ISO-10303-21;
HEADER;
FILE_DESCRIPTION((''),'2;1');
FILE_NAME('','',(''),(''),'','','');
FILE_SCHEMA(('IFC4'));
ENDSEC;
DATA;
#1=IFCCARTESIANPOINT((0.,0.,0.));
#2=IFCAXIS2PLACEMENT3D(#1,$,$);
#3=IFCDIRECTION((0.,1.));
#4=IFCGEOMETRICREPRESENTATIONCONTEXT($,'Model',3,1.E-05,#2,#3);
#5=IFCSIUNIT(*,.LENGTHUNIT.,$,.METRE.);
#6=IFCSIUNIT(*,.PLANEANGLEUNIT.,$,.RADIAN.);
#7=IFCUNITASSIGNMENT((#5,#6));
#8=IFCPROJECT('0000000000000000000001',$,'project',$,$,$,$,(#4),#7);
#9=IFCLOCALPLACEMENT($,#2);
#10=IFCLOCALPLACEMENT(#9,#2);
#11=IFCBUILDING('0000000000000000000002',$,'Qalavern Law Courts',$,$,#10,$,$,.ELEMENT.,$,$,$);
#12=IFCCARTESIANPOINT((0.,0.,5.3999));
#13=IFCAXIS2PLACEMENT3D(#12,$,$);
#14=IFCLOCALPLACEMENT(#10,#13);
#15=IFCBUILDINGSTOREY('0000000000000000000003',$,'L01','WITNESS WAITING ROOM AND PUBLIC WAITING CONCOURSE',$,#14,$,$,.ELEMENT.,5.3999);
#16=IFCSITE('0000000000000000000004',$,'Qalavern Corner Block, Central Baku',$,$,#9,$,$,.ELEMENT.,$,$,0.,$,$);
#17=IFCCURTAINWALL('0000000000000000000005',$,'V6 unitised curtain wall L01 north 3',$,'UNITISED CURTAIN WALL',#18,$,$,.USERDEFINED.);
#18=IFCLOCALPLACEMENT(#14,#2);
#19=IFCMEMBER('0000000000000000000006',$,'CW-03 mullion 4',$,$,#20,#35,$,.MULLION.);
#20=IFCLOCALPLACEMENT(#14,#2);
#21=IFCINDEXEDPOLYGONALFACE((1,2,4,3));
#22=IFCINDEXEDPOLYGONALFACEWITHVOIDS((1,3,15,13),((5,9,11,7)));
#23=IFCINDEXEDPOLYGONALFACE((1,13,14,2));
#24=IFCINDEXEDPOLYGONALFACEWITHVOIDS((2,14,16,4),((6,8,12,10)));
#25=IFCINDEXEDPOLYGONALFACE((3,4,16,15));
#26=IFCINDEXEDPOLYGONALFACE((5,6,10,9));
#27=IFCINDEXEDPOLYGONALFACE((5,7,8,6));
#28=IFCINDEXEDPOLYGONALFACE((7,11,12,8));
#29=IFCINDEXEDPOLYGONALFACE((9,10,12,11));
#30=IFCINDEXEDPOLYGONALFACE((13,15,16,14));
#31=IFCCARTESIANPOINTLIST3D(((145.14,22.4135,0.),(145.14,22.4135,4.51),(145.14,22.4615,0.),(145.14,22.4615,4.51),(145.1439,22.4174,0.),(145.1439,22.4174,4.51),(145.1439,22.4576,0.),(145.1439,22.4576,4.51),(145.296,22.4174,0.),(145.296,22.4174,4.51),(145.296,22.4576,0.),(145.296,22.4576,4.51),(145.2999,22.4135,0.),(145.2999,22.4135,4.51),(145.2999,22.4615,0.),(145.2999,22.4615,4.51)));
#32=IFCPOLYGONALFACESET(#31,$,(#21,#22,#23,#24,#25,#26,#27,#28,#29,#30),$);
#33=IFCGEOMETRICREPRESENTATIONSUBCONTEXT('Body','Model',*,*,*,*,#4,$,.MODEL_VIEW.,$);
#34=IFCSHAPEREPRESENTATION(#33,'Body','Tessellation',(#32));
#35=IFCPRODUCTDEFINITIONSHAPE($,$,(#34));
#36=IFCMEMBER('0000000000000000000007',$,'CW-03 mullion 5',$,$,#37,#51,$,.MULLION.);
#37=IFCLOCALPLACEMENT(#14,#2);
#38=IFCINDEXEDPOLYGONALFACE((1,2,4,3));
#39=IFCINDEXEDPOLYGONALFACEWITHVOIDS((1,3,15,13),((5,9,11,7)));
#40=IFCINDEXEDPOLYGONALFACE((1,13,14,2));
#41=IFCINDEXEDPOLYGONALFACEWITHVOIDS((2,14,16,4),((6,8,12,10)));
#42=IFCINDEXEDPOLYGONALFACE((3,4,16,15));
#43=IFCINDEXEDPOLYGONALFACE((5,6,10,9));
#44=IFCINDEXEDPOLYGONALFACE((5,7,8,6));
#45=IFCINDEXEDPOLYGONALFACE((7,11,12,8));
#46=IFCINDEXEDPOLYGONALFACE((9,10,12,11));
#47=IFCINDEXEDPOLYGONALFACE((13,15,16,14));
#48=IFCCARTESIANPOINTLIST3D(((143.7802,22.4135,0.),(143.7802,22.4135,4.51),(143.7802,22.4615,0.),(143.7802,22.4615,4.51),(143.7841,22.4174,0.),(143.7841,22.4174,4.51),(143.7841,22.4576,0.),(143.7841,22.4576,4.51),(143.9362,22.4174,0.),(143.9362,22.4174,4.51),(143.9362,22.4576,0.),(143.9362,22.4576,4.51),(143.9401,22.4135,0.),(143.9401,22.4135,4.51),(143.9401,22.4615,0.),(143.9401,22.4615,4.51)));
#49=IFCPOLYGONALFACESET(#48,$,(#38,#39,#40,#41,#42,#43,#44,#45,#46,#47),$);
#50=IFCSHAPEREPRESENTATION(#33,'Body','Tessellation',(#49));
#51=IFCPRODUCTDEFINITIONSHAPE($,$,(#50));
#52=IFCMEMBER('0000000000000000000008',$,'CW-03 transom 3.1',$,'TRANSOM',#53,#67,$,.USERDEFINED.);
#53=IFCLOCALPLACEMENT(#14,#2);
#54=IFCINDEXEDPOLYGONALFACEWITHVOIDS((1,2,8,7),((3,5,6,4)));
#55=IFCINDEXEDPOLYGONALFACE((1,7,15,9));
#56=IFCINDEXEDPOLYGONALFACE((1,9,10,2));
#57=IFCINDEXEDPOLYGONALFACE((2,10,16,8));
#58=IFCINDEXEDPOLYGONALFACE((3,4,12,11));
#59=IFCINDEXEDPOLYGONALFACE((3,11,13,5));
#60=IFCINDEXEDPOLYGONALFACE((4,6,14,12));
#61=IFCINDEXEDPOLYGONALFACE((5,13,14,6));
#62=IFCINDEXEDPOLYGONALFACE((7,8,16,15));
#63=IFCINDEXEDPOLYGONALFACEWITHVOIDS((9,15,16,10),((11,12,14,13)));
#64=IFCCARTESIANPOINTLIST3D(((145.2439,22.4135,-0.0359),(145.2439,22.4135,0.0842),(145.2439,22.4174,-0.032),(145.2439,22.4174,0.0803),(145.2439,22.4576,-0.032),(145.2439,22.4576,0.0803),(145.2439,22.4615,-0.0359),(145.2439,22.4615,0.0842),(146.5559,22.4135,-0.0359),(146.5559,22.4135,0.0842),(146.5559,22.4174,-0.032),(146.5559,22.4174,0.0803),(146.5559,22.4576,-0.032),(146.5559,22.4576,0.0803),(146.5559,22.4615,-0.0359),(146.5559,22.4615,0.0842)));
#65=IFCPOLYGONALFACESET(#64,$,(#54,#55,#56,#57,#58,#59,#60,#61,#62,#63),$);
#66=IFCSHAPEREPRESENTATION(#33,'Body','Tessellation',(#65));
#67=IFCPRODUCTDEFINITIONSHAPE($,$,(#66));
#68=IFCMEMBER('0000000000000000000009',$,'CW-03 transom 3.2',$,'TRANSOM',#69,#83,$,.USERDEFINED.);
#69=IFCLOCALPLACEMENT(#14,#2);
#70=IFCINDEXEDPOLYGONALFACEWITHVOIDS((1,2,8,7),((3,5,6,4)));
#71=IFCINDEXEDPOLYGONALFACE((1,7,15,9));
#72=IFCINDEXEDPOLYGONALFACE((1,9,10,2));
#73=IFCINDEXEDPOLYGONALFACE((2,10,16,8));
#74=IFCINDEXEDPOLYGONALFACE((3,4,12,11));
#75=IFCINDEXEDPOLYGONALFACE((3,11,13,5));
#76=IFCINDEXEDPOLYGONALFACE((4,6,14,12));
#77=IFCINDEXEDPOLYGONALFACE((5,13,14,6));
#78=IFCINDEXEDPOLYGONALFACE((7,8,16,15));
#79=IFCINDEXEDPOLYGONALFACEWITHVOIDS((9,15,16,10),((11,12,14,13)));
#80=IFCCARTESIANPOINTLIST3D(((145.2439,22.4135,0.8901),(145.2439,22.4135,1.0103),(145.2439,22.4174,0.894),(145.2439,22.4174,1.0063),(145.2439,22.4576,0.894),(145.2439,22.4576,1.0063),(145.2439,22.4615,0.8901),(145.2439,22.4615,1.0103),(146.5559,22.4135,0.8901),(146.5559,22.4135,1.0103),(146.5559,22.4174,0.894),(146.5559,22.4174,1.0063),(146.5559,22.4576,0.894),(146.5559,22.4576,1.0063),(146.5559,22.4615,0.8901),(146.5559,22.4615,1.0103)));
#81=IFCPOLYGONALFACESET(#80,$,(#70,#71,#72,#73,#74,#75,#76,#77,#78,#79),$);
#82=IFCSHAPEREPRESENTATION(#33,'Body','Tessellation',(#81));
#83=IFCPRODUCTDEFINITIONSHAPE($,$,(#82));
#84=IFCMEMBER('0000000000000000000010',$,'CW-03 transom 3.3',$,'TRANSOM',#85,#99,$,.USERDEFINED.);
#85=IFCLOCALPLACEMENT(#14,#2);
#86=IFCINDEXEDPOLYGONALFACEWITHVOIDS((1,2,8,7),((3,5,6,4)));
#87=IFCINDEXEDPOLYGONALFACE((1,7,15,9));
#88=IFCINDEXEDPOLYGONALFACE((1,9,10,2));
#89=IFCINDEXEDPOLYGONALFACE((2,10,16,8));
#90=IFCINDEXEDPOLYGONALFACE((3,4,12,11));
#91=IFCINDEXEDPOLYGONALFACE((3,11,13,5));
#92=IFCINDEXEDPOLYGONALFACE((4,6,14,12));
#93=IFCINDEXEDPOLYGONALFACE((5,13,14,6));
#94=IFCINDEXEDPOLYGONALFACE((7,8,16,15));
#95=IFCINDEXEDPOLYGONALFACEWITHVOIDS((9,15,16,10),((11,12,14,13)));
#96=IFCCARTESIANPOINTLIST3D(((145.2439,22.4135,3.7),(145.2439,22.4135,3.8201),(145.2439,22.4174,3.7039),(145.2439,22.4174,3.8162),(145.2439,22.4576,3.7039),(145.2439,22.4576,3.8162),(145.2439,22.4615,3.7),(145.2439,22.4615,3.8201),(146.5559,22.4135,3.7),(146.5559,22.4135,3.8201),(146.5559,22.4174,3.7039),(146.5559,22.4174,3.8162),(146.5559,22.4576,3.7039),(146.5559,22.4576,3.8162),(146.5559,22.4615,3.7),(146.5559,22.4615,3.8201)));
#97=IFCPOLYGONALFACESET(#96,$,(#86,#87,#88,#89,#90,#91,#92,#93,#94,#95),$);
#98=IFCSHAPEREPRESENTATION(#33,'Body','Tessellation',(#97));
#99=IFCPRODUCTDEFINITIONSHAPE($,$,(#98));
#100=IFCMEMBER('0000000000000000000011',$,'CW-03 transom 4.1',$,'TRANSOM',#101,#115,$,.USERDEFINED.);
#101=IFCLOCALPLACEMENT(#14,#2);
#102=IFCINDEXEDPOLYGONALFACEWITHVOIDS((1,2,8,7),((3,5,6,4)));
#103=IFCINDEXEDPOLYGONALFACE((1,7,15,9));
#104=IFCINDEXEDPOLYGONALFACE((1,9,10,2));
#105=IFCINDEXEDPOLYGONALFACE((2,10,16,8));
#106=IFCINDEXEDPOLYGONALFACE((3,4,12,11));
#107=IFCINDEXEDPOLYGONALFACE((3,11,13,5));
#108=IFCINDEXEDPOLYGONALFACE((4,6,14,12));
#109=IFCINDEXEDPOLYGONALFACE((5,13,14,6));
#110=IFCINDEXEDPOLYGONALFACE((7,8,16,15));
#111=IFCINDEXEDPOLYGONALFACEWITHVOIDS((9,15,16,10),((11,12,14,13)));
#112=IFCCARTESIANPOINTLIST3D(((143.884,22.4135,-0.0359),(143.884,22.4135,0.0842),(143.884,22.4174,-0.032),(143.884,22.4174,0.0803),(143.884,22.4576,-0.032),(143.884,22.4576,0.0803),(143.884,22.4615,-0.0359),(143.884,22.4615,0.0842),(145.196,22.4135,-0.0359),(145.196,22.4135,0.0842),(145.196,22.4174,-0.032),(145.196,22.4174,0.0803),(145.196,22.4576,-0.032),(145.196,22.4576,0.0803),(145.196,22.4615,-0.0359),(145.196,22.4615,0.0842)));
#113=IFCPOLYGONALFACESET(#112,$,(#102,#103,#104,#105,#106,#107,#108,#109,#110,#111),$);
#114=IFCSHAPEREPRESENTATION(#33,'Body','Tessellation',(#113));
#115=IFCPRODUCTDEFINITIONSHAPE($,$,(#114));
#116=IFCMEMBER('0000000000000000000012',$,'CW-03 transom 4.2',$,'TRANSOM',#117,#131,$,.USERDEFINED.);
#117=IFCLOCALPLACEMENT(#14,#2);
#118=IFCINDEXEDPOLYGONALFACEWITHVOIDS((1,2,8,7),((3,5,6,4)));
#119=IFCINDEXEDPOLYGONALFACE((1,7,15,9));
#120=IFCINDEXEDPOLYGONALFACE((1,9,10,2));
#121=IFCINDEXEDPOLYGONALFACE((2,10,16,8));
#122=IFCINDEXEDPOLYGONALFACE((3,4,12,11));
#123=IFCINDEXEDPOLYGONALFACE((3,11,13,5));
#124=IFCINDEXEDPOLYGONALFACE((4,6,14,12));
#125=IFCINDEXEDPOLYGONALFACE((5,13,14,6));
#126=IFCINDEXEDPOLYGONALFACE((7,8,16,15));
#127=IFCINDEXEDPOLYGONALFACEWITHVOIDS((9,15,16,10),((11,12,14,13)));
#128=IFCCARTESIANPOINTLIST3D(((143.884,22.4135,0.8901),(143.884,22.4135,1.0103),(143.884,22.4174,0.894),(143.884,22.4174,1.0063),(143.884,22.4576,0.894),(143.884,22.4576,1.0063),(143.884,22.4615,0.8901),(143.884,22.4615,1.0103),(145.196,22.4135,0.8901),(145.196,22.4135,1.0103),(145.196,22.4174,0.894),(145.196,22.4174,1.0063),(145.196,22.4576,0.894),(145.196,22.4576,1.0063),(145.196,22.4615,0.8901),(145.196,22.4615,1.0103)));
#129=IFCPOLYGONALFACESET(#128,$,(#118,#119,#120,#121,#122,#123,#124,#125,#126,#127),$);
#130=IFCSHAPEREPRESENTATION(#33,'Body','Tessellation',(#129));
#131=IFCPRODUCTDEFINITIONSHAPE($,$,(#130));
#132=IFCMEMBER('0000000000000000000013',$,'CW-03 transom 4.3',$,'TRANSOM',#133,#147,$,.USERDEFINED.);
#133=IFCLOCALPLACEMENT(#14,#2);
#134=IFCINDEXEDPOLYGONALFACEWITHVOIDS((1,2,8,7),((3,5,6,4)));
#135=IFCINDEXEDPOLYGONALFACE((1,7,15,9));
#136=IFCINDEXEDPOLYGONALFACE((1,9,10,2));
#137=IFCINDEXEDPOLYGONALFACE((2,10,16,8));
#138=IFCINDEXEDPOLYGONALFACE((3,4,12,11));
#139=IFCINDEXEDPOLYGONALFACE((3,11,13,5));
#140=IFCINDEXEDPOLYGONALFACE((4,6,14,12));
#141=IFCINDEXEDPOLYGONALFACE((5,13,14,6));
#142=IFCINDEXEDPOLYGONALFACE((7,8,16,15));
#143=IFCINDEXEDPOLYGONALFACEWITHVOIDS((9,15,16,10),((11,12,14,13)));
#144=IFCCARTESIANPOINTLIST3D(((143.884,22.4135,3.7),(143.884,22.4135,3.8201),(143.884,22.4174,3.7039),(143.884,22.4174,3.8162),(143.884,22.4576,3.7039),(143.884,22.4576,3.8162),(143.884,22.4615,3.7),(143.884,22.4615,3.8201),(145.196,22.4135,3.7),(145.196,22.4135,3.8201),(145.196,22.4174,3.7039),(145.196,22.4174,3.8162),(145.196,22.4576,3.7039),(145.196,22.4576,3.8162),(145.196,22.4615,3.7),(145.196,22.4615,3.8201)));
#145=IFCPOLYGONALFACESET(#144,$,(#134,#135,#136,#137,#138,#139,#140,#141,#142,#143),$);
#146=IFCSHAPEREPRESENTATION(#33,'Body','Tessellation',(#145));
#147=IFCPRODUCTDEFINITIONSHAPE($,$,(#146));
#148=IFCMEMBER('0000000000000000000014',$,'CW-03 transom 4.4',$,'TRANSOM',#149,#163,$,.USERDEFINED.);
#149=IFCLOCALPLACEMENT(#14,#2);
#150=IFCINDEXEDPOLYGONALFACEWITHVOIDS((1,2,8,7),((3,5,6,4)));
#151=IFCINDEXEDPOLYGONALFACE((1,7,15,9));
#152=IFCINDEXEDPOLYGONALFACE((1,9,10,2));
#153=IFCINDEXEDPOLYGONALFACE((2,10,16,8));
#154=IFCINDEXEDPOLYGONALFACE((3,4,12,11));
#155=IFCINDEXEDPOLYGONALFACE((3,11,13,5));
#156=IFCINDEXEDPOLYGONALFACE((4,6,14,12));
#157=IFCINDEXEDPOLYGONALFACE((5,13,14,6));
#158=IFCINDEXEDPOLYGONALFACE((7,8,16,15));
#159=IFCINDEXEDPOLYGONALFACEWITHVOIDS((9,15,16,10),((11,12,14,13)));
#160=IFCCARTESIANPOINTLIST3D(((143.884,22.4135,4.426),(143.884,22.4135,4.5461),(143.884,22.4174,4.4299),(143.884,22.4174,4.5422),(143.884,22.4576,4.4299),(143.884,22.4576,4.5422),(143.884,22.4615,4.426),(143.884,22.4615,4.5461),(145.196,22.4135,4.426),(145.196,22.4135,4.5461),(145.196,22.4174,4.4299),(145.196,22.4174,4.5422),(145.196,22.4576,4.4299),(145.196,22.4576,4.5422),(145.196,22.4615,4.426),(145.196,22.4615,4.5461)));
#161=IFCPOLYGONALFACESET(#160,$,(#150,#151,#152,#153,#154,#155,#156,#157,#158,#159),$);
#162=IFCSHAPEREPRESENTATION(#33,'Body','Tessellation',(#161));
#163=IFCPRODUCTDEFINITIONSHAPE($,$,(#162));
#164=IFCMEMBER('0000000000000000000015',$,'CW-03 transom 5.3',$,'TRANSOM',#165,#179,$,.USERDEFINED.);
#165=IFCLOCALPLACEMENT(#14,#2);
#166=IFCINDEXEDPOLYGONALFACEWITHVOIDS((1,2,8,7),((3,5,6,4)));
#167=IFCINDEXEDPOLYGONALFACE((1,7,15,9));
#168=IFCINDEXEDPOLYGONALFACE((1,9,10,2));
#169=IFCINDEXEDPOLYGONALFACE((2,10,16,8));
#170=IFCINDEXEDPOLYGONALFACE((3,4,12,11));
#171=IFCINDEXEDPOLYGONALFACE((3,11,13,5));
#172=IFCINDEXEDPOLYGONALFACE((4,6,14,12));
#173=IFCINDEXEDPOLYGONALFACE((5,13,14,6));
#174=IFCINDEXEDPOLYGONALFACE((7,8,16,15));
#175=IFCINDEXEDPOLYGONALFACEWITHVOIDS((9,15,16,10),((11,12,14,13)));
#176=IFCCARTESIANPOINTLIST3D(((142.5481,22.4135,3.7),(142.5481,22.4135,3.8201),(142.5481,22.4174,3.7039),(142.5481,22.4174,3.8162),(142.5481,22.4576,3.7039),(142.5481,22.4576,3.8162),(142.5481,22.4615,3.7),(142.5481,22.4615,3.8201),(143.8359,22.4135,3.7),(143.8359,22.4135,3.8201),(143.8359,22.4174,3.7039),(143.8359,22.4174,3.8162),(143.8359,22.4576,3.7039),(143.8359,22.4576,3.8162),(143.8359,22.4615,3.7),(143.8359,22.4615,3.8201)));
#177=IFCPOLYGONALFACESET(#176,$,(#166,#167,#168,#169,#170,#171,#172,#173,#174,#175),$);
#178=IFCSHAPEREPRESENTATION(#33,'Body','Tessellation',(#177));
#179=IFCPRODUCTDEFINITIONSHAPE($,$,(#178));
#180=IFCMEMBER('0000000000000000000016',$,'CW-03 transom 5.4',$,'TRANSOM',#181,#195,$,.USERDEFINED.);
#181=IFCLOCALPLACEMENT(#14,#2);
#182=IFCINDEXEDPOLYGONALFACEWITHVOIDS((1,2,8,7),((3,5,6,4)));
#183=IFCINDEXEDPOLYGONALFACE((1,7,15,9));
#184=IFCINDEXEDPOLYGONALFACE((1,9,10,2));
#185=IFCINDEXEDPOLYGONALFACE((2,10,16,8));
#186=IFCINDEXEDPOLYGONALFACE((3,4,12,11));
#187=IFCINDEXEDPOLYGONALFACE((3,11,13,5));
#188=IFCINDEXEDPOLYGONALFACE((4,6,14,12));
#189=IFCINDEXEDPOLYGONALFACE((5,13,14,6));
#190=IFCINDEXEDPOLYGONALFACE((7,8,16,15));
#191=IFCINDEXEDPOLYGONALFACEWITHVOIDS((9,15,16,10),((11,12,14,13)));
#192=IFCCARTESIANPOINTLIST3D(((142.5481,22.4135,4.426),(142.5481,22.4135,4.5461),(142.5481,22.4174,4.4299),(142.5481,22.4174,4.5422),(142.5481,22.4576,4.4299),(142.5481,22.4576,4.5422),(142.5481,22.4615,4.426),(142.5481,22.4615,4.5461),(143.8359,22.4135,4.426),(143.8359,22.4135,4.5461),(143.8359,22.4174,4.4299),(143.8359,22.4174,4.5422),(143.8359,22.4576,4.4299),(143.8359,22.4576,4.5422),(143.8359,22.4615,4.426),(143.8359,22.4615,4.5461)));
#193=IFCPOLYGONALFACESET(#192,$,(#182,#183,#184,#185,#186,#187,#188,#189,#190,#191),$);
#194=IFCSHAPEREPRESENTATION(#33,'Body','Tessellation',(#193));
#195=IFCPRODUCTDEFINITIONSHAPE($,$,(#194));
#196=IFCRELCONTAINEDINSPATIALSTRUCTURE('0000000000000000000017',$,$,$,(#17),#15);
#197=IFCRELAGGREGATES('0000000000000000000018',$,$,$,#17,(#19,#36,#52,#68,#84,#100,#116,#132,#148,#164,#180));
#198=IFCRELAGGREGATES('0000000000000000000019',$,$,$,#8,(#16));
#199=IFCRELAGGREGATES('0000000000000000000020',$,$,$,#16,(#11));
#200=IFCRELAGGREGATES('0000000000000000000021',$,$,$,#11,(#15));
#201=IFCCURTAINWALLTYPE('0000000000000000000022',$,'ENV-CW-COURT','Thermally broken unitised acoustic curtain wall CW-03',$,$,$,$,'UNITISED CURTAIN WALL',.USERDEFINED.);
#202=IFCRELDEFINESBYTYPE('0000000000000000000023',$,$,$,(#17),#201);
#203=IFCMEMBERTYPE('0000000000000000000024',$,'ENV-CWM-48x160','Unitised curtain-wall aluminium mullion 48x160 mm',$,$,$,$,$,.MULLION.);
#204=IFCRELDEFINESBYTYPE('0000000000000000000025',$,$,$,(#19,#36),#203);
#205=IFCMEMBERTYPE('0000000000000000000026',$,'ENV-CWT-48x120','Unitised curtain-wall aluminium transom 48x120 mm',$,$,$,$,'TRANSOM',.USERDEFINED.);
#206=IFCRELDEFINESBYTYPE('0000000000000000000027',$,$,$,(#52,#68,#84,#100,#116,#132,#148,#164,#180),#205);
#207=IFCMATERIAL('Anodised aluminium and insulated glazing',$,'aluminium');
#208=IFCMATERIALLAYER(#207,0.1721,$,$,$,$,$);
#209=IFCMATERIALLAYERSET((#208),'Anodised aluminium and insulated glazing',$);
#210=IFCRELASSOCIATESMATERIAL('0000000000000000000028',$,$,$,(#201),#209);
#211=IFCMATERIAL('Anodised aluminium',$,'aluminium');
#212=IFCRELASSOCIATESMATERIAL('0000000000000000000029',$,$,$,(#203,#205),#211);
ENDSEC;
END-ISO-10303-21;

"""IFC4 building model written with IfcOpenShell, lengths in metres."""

from ifc_helpers import new_model, si_unit, direction, frame, origin, origin_2d, place, context, subcontext, project, spatial, hollow_rectangle, extrude, material, layer, layer_set, material_profile, profile_set, type_object, element, aggregate, save


model = new_model("IFC4")

# Units and contexts
model_context = context("Model", 3, precision=1e-05, world=origin(), true_north=direction((0.0, 1.0)))
body_context = subcontext(model_context, "Body", "Model", "MODEL_VIEW")
ifc_project = project(units=[si_unit("LENGTHUNIT", "METRE"), si_unit("PLANEANGLEUNIT", "RADIAN")], contexts=[model_context])

# Site, building, storey
site_placement = place(None, origin())
site = spatial("IfcSite", under=ifc_project, at=site_placement, Name="Qalavern Corner Block, Central Baku", CompositionType="ELEMENT", RefElevation=0.0)
building_placement = place(site_placement, origin())
building = spatial("IfcBuilding", under=site, at=building_placement, Name="Qalavern Law Courts", CompositionType="ELEMENT")
storey_placement = place(building_placement, frame((0.0, 0.0, 5.3999)))
storey = spatial("IfcBuildingStorey", under=building, at=storey_placement, Name="L01", Description="WITNESS WAITING ROOM AND PUBLIC WAITING CONCOURSE", CompositionType="ELEMENT", Elevation=5.3999)

# Curtain wall, members
ifc_material_1 = material(Name="Anodised aluminium and insulated glazing", Category="aluminium")
ifc_layer_1 = layer(ifc_material_1, 0.1721)
ifc_layer_set_1 = layer_set([ifc_layer_1], Name="Anodised aluminium and insulated glazing")
curtain_wall_type = type_object("IfcCurtainWallType", Name="ENV-CW-COURT", Description="Thermally broken unitised acoustic curtain wall CW-03", ElementType="UNITISED CURTAIN WALL", PredefinedType="USERDEFINED", material=ifc_layer_set_1)
curtain_wall_placement = place(storey_placement, origin())
curtain_wall = element("IfcCurtainWall", 1, at=curtain_wall_placement, inside=storey, type_object=curtain_wall_type, Name="V6 unitised curtain wall L01 north 3", ObjectType="UNITISED CURTAIN WALL", PredefinedType="USERDEFINED")
ifc_material_2 = material(Name="Anodised aluminium", Category="aluminium")
ifc_material_profile_1 = material_profile(ifc_material_2, hollow_rectangle(XDim=0.0481, YDim=0.1599, WallThickness=0.0039, at=origin_2d()), Name="ALU MULLION 48x160")
ifc_profile_set_1 = profile_set([ifc_material_profile_1], Name="Anodised aluminium")
member_type_1 = type_object("IfcMemberType", Name="ENV-CWM-48x160", Description="Unitised curtain-wall aluminium mullion 48x160 mm", PredefinedType="MULLION", material=ifc_profile_set_1)
member_1_placement = place(storey_placement, frame((145.22, 22.4375, 0.0), z_axis=(0.0, 0.0, 1.0), x_axis=(0.0, -1.0, 0.0)))
member_1 = element("IfcMember", 2, at=member_1_placement, type_object=member_type_1, Name="CW-03 mullion 4", PredefinedType="MULLION", context=body_context, shape_type="SweptSolid", body=[
    extrude(hollow_rectangle(XDim=0.0481, YDim=0.1599, WallThickness=0.0039, at=origin_2d()), origin(), (0.0, 0.0, 1.0), 4.51),
])
member_2_placement = place(storey_placement, frame((143.8601, 22.4375, 0.0), z_axis=(0.0, 0.0, 1.0), x_axis=(0.0, -1.0, 0.0)))
member_2 = element("IfcMember", 3, at=member_2_placement, type_object=member_type_1, Name="CW-03 mullion 5", PredefinedType="MULLION", context=body_context, shape_type="SweptSolid", body=[
    extrude(hollow_rectangle(XDim=0.0481, YDim=0.1599, WallThickness=0.0039, at=origin_2d()), origin(), (0.0, 0.0, 1.0), 4.51),
])
ifc_material_profile_2 = material_profile(ifc_material_2, hollow_rectangle(XDim=0.0481, YDim=0.1201, WallThickness=0.0039, at=origin_2d()), Name="ALU TRANSOM 48x120")
ifc_profile_set_2 = profile_set([ifc_material_profile_2], Name="Anodised aluminium")
member_type_2 = type_object("IfcMemberType", Name="ENV-CWT-48x120", Description="Unitised curtain-wall aluminium transom 48x120 mm", ElementType="TRANSOM", PredefinedType="USERDEFINED", material=ifc_profile_set_2)
member_3_placement = place(storey_placement, frame((146.5559, 22.4375, 0.0242), z_axis=(-1.0, 0.0, 0.0), x_axis=(0.0, -1.0, 0.0)))
member_3 = element("IfcMember", 4, at=member_3_placement, type_object=member_type_2, Name="CW-03 transom 3.1", ObjectType="TRANSOM", PredefinedType="USERDEFINED", context=body_context, shape_type="SweptSolid", body=[
    extrude(hollow_rectangle(XDim=0.0481, YDim=0.1201, WallThickness=0.0039, at=origin_2d()), origin(), (0.0, 0.0, 1.0), 1.312),
])
member_4_placement = place(storey_placement, frame((146.5559, 22.4375, 0.9502), z_axis=(-1.0, 0.0, 0.0), x_axis=(0.0, -1.0, 0.0)))
member_4 = element("IfcMember", 5, at=member_4_placement, type_object=member_type_2, Name="CW-03 transom 3.2", ObjectType="TRANSOM", PredefinedType="USERDEFINED", context=body_context, shape_type="SweptSolid", body=[
    extrude(hollow_rectangle(XDim=0.0481, YDim=0.1201, WallThickness=0.0039, at=origin_2d()), origin(), (0.0, 0.0, 1.0), 1.312),
])
member_5_placement = place(storey_placement, frame((146.5559, 22.4375, 3.76), z_axis=(-1.0, 0.0, 0.0), x_axis=(0.0, -1.0, 0.0)))
member_5 = element("IfcMember", 6, at=member_5_placement, type_object=member_type_2, Name="CW-03 transom 3.3", ObjectType="TRANSOM", PredefinedType="USERDEFINED", context=body_context, shape_type="SweptSolid", body=[
    extrude(hollow_rectangle(XDim=0.0481, YDim=0.1201, WallThickness=0.0039, at=origin_2d()), origin(), (0.0, 0.0, 1.0), 1.312),
])
member_6_placement = place(storey_placement, frame((145.196, 22.4375, 0.0242), z_axis=(-1.0, 0.0, 0.0), x_axis=(0.0, -1.0, 0.0)))
member_6 = element("IfcMember", 7, at=member_6_placement, type_object=member_type_2, Name="CW-03 transom 4.1", ObjectType="TRANSOM", PredefinedType="USERDEFINED", context=body_context, shape_type="SweptSolid", body=[
    extrude(hollow_rectangle(XDim=0.0481, YDim=0.1201, WallThickness=0.0039, at=origin_2d()), origin(), (0.0, 0.0, 1.0), 1.312),
])
member_7_placement = place(storey_placement, frame((145.196, 22.4375, 0.9502), z_axis=(-1.0, 0.0, 0.0), x_axis=(0.0, -1.0, 0.0)))
member_7 = element("IfcMember", 8, at=member_7_placement, type_object=member_type_2, Name="CW-03 transom 4.2", ObjectType="TRANSOM", PredefinedType="USERDEFINED", context=body_context, shape_type="SweptSolid", body=[
    extrude(hollow_rectangle(XDim=0.0481, YDim=0.1201, WallThickness=0.0039, at=origin_2d()), origin(), (0.0, 0.0, 1.0), 1.312),
])
member_8_placement = place(storey_placement, frame((145.196, 22.4375, 3.76), z_axis=(-1.0, 0.0, 0.0), x_axis=(0.0, -1.0, 0.0)))
member_8 = element("IfcMember", 9, at=member_8_placement, type_object=member_type_2, Name="CW-03 transom 4.3", ObjectType="TRANSOM", PredefinedType="USERDEFINED", context=body_context, shape_type="SweptSolid", body=[
    extrude(hollow_rectangle(XDim=0.0481, YDim=0.1201, WallThickness=0.0039, at=origin_2d()), origin(), (0.0, 0.0, 1.0), 1.312),
])
member_9_placement = place(storey_placement, frame((145.196, 22.4375, 4.4861), z_axis=(-1.0, 0.0, 0.0), x_axis=(0.0, -1.0, 0.0)))
member_9 = element("IfcMember", 10, at=member_9_placement, type_object=member_type_2, Name="CW-03 transom 4.4", ObjectType="TRANSOM", PredefinedType="USERDEFINED", context=body_context, shape_type="SweptSolid", body=[
    extrude(hollow_rectangle(XDim=0.0481, YDim=0.1201, WallThickness=0.0039, at=origin_2d()), origin(), (0.0, 0.0, 1.0), 1.312),
])
member_10_placement = place(storey_placement, frame((143.8359, 22.4375, 3.76), z_axis=(-1.0, 0.0, 0.0), x_axis=(0.0, -1.0, 0.0)))
member_10 = element("IfcMember", 11, at=member_10_placement, type_object=member_type_2, Name="CW-03 transom 5.3", ObjectType="TRANSOM", PredefinedType="USERDEFINED", context=body_context, shape_type="SweptSolid", body=[
    extrude(hollow_rectangle(XDim=0.0481, YDim=0.1201, WallThickness=0.0039, at=origin_2d()), origin(), (0.0, 0.0, 1.0), 1.2878),
])
member_11_placement = place(storey_placement, frame((143.8359, 22.4375, 4.4861), z_axis=(-1.0, 0.0, 0.0), x_axis=(0.0, -1.0, 0.0)))
member_11 = element("IfcMember", 12, at=member_11_placement, type_object=member_type_2, Name="CW-03 transom 5.4", ObjectType="TRANSOM", PredefinedType="USERDEFINED", context=body_context, shape_type="SweptSolid", body=[
    extrude(hollow_rectangle(XDim=0.0481, YDim=0.1201, WallThickness=0.0039, at=origin_2d()), origin(), (0.0, 0.0, 1.0), 1.2878),
])
aggregate(curtain_wall, [member_1, member_2, member_3, member_4, member_5, member_6, member_7, member_8, member_9, member_10, member_11])

save(model, "model.ifc")
